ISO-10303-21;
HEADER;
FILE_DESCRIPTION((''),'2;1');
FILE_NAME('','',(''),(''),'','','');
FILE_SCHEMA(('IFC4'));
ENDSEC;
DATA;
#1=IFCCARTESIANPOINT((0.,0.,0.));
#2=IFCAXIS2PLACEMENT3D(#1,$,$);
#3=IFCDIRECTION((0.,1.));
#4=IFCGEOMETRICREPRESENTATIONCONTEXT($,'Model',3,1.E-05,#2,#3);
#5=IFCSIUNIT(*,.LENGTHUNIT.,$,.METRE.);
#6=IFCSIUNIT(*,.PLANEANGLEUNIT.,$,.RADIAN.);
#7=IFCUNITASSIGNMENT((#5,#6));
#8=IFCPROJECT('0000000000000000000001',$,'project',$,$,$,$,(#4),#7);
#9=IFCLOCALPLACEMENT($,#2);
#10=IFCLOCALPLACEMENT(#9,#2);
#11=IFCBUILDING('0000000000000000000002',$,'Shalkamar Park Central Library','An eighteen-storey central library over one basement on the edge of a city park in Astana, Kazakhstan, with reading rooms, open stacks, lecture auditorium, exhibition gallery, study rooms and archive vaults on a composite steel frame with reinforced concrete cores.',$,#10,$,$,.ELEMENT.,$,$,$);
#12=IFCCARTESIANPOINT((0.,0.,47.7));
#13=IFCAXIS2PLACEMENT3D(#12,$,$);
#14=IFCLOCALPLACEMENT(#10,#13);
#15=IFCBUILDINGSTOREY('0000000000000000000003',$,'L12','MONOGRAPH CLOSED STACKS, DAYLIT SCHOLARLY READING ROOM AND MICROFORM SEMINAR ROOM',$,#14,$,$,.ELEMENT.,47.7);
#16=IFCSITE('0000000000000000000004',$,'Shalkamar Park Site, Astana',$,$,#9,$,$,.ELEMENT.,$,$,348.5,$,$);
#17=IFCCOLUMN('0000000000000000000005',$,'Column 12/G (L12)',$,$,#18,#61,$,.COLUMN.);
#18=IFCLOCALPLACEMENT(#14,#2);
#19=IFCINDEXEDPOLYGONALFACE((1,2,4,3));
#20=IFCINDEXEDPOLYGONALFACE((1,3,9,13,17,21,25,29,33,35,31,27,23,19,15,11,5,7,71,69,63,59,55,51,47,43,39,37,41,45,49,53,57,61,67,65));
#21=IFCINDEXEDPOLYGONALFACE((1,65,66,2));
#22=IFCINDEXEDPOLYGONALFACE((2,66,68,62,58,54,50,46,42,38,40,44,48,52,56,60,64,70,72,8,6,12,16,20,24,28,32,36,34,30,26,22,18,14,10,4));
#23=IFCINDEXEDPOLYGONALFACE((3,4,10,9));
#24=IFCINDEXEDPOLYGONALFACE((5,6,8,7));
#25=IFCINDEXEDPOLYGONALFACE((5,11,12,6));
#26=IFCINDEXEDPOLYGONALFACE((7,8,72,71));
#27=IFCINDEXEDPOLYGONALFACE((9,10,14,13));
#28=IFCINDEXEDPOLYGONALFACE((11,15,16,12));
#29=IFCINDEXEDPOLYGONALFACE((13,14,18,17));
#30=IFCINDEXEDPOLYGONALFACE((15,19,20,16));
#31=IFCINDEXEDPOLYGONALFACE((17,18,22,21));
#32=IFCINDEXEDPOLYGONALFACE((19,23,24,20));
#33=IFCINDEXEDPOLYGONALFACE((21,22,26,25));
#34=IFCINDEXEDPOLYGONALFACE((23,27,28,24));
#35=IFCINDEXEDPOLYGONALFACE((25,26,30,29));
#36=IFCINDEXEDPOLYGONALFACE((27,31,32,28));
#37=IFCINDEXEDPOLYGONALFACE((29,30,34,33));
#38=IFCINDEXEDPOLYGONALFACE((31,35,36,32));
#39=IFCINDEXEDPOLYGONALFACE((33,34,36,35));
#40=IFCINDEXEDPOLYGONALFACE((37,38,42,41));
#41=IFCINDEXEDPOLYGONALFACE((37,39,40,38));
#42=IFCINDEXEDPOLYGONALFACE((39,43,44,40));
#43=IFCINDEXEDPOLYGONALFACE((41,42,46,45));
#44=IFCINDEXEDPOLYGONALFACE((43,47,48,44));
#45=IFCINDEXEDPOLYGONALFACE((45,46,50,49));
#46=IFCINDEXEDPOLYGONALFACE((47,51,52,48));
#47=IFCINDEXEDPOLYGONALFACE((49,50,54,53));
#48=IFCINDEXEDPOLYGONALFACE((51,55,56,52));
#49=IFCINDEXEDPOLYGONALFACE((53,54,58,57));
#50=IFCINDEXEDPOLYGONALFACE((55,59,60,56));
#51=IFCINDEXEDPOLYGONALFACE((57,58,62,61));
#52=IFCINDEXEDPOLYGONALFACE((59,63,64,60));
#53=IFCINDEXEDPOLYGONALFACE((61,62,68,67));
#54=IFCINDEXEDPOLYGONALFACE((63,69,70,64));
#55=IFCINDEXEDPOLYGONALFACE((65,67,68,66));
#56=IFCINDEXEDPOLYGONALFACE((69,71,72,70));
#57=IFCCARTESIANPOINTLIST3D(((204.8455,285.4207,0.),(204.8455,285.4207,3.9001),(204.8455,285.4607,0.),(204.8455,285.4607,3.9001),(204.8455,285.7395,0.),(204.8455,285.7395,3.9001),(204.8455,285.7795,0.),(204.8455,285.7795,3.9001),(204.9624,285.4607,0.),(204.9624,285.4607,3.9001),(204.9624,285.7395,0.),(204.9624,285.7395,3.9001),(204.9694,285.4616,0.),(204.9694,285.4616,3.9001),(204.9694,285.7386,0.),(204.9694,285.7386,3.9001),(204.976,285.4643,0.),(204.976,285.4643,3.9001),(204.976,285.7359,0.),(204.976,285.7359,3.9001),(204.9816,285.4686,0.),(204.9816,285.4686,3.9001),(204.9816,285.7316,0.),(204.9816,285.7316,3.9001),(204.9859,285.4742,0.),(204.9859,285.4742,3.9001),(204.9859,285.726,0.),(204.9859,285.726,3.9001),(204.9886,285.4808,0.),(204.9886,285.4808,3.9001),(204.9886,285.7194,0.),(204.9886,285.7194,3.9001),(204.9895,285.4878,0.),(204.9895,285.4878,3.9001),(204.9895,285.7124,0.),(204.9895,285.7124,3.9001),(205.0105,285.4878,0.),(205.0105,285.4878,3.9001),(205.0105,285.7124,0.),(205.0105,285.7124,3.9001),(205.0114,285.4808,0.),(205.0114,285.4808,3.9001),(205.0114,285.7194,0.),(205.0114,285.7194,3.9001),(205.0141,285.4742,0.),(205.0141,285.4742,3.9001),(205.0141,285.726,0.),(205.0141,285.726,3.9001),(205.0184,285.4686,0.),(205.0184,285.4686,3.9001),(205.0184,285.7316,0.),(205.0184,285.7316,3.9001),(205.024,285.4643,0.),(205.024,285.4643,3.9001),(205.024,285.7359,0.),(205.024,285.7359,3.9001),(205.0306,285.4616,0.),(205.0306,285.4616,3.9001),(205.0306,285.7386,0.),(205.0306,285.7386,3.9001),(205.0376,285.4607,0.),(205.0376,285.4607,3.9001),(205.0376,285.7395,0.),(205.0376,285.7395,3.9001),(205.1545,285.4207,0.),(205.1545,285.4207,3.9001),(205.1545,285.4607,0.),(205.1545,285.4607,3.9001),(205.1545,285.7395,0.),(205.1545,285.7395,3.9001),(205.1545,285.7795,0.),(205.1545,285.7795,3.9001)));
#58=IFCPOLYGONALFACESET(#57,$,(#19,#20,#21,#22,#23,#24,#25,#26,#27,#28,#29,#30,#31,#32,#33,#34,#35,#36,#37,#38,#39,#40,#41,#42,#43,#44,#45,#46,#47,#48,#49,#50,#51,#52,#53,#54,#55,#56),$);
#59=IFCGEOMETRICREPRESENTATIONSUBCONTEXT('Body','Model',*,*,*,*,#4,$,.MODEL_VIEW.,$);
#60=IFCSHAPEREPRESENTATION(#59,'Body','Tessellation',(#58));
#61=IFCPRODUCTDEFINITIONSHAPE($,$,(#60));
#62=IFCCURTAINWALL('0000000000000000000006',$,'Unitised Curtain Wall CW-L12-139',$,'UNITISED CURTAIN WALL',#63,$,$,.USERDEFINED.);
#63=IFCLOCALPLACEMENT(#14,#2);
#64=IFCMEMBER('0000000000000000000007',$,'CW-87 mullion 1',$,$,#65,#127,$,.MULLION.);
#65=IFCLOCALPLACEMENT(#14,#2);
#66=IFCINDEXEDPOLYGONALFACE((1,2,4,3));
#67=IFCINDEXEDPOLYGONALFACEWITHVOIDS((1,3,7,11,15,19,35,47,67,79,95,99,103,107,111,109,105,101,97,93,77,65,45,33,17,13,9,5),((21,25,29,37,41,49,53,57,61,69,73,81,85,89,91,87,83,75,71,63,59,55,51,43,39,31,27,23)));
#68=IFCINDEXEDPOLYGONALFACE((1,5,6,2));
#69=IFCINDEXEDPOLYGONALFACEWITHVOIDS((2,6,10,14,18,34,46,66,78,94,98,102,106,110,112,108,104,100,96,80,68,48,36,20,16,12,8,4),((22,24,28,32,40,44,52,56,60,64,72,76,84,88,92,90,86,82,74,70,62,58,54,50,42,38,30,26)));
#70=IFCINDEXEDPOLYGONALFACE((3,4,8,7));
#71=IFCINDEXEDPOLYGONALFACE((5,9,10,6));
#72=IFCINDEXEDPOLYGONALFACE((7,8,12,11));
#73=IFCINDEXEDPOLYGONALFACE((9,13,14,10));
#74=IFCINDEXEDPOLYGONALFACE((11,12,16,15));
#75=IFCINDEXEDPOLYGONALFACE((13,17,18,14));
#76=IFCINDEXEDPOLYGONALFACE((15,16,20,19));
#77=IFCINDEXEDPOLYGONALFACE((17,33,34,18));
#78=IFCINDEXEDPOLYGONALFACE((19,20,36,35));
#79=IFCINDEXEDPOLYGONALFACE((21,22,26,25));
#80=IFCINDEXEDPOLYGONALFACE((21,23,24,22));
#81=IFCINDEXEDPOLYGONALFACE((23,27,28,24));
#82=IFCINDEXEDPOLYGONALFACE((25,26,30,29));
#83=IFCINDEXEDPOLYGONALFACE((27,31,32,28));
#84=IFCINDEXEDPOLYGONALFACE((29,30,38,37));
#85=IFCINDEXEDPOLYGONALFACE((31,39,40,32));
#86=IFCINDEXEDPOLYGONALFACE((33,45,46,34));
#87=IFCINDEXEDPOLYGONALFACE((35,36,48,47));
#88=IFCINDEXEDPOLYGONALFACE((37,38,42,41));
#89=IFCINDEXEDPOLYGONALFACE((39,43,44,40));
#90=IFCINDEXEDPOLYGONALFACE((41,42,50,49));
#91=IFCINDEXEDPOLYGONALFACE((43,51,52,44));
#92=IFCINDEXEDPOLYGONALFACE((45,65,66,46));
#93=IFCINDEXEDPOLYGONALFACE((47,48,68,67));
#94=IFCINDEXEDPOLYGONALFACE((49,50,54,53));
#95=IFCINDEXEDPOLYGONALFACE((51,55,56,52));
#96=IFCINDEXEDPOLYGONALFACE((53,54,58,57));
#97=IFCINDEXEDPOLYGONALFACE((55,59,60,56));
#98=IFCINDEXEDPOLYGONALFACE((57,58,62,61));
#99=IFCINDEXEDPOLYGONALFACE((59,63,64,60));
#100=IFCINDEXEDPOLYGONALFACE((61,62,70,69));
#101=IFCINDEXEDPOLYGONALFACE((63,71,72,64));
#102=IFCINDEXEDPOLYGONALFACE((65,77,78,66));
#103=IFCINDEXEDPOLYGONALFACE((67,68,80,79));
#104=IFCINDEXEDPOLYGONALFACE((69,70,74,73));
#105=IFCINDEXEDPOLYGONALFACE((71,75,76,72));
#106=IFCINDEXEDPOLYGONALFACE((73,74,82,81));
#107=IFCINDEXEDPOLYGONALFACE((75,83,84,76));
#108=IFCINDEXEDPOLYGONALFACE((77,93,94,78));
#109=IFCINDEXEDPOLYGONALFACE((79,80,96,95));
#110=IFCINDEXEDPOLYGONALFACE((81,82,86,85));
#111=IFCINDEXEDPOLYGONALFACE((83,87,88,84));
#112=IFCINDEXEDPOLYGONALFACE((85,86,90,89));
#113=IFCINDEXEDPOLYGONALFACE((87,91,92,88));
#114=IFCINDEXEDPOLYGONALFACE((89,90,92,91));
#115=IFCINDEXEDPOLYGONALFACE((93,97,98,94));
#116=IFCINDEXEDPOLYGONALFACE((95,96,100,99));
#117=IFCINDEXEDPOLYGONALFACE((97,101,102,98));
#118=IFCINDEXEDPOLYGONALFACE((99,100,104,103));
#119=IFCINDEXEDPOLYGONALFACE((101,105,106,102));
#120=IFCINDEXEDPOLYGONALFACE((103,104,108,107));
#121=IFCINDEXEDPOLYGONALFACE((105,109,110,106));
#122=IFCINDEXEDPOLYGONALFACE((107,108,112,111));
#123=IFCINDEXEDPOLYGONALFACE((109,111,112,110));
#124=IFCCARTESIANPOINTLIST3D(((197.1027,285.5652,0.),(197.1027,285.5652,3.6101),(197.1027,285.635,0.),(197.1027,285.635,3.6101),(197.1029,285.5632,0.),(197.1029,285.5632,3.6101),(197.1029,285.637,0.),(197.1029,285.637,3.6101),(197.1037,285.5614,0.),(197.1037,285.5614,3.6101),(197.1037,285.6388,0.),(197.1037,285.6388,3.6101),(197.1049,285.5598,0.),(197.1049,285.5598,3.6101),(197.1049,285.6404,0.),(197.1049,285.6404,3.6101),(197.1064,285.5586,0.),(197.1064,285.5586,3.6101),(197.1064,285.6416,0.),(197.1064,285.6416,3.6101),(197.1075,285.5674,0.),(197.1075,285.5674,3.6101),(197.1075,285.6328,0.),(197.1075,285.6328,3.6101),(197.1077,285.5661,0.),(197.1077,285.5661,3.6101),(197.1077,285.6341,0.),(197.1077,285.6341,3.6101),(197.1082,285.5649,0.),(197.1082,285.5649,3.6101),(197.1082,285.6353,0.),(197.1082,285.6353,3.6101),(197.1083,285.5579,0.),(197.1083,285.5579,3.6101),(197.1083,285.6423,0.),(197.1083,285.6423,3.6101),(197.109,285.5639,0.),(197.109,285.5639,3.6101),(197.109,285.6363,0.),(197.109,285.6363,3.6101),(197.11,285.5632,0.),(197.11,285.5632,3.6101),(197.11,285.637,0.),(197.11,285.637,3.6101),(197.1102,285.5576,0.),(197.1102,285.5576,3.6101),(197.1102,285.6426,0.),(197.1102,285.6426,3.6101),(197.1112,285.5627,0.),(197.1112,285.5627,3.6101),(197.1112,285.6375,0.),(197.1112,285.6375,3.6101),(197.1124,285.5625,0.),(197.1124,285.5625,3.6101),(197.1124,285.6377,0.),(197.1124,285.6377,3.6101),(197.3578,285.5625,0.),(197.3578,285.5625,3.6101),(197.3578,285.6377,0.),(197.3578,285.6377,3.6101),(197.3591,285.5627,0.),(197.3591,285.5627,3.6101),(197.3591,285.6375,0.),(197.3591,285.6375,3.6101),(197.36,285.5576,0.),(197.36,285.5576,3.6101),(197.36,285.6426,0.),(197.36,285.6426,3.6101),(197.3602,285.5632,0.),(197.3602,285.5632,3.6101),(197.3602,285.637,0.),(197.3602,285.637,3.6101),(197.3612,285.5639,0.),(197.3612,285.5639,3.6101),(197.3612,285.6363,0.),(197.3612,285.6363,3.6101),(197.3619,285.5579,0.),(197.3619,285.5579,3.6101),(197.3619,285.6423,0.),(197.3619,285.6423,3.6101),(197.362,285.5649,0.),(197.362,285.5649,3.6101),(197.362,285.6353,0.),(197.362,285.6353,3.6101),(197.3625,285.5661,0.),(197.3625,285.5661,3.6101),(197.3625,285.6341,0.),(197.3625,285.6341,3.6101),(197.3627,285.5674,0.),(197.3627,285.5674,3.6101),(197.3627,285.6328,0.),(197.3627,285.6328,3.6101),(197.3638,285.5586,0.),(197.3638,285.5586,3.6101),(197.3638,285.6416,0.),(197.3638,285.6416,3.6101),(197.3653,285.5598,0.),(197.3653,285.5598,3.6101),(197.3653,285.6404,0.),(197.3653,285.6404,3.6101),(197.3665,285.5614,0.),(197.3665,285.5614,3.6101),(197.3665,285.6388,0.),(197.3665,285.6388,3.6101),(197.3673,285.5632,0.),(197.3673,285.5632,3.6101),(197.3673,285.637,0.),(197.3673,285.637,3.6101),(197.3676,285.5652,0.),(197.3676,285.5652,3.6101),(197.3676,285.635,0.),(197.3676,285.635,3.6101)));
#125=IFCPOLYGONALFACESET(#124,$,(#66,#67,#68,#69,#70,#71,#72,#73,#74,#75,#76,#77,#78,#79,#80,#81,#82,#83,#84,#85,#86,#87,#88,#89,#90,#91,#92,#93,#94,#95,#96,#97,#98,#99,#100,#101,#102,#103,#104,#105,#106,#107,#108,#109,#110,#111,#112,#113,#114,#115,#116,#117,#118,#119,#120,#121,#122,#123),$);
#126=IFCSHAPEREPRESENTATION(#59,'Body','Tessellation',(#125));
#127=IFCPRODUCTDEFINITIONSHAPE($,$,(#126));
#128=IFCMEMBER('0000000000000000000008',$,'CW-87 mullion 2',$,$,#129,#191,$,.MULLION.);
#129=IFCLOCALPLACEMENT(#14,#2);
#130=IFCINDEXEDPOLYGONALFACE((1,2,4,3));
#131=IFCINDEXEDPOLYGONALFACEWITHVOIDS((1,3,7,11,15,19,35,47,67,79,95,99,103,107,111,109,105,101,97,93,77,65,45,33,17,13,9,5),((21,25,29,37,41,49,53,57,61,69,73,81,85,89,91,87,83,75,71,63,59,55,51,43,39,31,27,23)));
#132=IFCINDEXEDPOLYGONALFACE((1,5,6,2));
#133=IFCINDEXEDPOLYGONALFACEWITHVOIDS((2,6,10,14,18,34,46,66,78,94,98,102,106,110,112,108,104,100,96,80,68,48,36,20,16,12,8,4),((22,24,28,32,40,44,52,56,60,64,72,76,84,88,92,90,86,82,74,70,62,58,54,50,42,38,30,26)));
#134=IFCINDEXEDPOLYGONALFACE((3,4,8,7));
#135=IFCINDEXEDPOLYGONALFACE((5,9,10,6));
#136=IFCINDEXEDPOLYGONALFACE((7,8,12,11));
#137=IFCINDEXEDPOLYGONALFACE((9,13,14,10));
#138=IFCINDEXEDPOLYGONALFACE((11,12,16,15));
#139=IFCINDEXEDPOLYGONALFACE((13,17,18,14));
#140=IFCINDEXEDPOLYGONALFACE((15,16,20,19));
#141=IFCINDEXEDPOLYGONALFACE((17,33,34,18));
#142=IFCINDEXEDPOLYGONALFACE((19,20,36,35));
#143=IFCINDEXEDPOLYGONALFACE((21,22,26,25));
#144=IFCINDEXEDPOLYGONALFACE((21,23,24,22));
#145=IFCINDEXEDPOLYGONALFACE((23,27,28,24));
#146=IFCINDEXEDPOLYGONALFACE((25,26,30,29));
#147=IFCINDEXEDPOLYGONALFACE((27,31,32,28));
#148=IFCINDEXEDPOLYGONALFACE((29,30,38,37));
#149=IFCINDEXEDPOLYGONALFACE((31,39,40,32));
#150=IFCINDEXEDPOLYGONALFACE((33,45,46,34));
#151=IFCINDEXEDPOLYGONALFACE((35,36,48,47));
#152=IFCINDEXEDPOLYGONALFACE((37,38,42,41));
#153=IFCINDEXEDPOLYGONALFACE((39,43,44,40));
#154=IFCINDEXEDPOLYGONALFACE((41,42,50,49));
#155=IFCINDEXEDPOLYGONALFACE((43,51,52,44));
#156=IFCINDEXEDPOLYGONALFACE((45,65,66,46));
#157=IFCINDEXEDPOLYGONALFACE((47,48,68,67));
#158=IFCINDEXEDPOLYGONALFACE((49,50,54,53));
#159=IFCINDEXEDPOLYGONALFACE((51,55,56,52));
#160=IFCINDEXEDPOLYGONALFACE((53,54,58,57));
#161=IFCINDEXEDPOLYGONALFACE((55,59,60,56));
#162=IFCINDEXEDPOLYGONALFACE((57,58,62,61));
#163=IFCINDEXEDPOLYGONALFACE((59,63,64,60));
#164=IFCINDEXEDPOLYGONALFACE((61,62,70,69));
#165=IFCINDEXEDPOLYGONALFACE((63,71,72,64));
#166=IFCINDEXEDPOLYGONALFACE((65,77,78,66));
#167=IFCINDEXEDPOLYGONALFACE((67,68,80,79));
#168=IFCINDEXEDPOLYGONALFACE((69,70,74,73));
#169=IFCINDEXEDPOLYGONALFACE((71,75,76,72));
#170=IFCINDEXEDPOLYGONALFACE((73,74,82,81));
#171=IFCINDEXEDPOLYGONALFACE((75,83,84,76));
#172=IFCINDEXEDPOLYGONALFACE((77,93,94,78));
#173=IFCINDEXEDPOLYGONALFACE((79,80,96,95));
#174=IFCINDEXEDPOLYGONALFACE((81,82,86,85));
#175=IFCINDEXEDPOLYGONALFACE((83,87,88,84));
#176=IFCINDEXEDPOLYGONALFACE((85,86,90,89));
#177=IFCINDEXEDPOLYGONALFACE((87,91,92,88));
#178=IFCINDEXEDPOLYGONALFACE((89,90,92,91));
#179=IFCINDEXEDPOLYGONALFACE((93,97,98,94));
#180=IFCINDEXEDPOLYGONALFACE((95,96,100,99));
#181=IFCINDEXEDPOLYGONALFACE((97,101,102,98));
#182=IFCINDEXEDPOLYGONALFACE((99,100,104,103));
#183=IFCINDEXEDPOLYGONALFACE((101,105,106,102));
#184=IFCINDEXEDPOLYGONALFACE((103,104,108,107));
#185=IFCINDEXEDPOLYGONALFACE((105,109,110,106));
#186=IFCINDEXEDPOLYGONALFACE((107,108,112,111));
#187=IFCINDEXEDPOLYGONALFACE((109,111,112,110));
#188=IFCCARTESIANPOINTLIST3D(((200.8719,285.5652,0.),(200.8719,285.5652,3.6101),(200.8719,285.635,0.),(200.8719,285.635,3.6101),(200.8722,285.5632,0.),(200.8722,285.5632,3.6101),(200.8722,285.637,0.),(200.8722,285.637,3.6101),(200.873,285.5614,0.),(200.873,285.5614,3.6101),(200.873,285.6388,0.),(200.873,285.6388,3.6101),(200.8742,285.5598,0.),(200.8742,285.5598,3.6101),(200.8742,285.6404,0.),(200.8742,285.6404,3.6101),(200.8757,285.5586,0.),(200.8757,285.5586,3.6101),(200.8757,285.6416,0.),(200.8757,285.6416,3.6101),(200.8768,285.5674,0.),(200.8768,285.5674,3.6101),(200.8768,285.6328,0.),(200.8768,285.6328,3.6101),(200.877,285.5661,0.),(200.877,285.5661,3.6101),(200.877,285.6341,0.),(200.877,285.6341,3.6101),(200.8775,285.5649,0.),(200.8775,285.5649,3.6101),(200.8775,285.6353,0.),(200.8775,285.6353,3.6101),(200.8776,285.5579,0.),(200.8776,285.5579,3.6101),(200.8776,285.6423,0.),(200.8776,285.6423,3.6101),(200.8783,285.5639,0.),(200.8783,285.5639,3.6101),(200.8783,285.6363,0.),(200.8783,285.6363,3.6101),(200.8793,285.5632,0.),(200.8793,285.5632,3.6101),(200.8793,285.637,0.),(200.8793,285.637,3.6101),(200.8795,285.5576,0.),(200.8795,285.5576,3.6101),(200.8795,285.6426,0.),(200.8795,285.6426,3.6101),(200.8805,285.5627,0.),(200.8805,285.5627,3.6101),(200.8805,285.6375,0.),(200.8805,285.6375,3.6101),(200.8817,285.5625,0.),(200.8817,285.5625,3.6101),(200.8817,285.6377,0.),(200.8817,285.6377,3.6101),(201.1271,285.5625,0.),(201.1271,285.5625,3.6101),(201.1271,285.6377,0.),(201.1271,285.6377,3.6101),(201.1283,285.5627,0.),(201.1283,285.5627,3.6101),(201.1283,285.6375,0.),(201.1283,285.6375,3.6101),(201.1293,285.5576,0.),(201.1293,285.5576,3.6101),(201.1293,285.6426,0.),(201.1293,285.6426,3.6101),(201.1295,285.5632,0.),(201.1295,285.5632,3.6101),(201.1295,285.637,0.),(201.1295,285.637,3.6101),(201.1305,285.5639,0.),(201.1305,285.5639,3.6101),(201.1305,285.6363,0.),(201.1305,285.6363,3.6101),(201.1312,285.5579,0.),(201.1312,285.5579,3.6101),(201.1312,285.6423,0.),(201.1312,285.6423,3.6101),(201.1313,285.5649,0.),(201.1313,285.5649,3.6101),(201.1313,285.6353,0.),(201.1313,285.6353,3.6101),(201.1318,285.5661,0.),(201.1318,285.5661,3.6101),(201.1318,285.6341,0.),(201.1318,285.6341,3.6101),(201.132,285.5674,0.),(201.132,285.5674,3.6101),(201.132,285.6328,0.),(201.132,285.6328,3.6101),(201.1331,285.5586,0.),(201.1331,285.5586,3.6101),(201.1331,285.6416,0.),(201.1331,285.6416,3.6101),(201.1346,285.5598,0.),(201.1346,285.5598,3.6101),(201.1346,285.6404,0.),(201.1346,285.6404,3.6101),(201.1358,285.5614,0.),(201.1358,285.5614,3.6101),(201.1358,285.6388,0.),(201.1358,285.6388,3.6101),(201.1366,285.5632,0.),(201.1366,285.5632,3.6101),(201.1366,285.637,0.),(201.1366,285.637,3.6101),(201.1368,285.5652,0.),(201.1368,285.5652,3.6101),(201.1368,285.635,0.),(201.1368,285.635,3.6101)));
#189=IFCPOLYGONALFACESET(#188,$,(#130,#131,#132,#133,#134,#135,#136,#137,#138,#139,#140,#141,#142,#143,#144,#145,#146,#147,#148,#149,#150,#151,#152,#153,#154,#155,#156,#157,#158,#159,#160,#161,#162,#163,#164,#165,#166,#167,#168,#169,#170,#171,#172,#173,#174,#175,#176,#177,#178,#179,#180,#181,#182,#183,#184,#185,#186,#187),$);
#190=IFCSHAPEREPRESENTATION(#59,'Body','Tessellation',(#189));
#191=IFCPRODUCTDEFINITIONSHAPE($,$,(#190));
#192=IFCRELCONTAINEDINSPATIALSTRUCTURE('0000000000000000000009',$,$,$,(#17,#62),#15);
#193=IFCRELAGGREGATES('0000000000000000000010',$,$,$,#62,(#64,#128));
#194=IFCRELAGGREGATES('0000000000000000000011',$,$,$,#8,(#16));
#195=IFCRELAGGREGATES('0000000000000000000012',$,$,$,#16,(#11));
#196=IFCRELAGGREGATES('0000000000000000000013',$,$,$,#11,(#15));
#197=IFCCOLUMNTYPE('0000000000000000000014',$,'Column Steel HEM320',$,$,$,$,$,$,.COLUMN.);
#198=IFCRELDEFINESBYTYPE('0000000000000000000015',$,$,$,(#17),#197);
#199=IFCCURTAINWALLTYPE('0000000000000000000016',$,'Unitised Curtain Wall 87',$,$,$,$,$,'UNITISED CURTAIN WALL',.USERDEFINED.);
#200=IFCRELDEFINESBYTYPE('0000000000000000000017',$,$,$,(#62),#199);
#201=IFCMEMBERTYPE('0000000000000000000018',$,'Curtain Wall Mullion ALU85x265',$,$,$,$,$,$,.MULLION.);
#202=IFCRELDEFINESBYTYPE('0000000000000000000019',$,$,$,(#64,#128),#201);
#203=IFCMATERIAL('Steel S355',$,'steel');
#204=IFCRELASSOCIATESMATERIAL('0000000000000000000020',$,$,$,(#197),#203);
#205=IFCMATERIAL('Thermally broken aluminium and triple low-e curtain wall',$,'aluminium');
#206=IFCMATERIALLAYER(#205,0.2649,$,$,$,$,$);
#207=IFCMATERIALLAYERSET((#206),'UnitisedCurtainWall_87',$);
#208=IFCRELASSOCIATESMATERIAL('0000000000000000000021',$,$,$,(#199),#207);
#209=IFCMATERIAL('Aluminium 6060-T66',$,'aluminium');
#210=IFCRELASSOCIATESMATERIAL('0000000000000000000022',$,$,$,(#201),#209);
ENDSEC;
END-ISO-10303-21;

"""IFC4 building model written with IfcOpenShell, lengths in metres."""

from ifc_helpers import new_model, si_unit, direction, frame, origin, origin_2d, place, context, subcontext, project, spatial, hollow_rectangle, i_section, extrude, material, layer, layer_set, material_profile, profile_set, type_object, element, aggregate, save


model = new_model("IFC4")

# Units and contexts
model_context = context("Model", 3, precision=1e-05, world=origin(), true_north=direction((0.0, 1.0)))
body_context = subcontext(model_context, "Body", "Model", "MODEL_VIEW")
ifc_project = project(units=[si_unit("LENGTHUNIT", "METRE"), si_unit("PLANEANGLEUNIT", "RADIAN")], contexts=[model_context])

# Site, building, storey
site_placement = place(None, origin())
site = spatial("IfcSite", under=ifc_project, at=site_placement, Name="Shalkamar Park Site, Astana", CompositionType="ELEMENT", RefElevation=348.5)
building_placement = place(site_placement, origin())
building = spatial("IfcBuilding", under=site, at=building_placement, Name="Shalkamar Park Central Library", Description="An eighteen-storey central library over one basement on the edge of a city park in Astana, Kazakhstan, with reading rooms, open stacks, lecture auditorium, exhibition gallery, study rooms and archive vaults on a composite steel frame with reinforced concrete cores.", CompositionType="ELEMENT")
storey_placement = place(building_placement, frame((0.0, 0.0, 47.7)))
storey = spatial("IfcBuildingStorey", under=building, at=storey_placement, Name="L12", Description="MONOGRAPH CLOSED STACKS, DAYLIT SCHOLARLY READING ROOM AND MICROFORM SEMINAR ROOM", CompositionType="ELEMENT", Elevation=47.7)

# Column
ifc_material_1 = material(Name="Steel S355", Category="steel")
ifc_material_profile_1 = material_profile(ifc_material_1, i_section(OverallWidth=0.3091, OverallDepth=0.3589, WebThickness=0.021, FlangeThickness=0.04, FilletRadius=0.0271, at=origin_2d()), Name="HEM 320")
ifc_profile_set_1 = profile_set([ifc_material_profile_1], Name="Steel S355")
column_type = type_object("IfcColumnType", Name="Column Steel HEM320", PredefinedType="COLUMN", material=ifc_profile_set_1)
column_placement = place(storey_placement, frame((205.0, 285.6001, 0.0), z_axis=(0.0, 0.0, 1.0), x_axis=(1.0, 0.0, 0.0)))
element("IfcColumn", 1, at=column_placement, inside=storey, type_object=column_type, Name="Column 12/G (L12)", PredefinedType="COLUMN", context=body_context, shape_type="SweptSolid", body=[
    extrude(i_section(OverallWidth=0.3091, OverallDepth=0.3589, WebThickness=0.021, FlangeThickness=0.04, FilletRadius=0.0271, at=origin_2d()), origin(), (0.0, 0.0, 1.0), 3.9001),
])

# Curtain wall, members
ifc_material_2 = material(Name="Thermally broken aluminium and triple low-e curtain wall", Category="aluminium")
ifc_layer_1 = layer(ifc_material_2, 0.2649)
ifc_layer_set_1 = layer_set([ifc_layer_1], Name="UnitisedCurtainWall_87")
curtain_wall_type_1 = type_object("IfcCurtainWallType", Name="Unitised Curtain Wall 87", ElementType="UNITISED CURTAIN WALL", PredefinedType="USERDEFINED", material=ifc_layer_set_1)
curtain_wall_1_placement = place(storey_placement, origin())
curtain_wall_1 = element("IfcCurtainWall", 2, at=curtain_wall_1_placement, inside=storey, type_object=curtain_wall_type_1, Name="Unitised Curtain Wall CW-L12-139", ObjectType="UNITISED CURTAIN WALL", PredefinedType="USERDEFINED")
ifc_material_3 = material(Name="Aluminium 6060-T66", Category="aluminium")
ifc_material_profile_2 = material_profile(ifc_material_3, hollow_rectangle(XDim=0.085, YDim=0.2649, WallThickness=0.0049, InnerFilletRadius=0.0049, OuterFilletRadius=0.0076, at=origin_2d()), Name="ALU 85x265x5")
ifc_profile_set_2 = profile_set([ifc_material_profile_2], Name="Aluminium 6060-T66")
member_type_1 = type_object("IfcMemberType", Name="Curtain Wall Mullion ALU85x265", PredefinedType="MULLION", material=ifc_profile_set_2)
member_1_placement = place(storey_placement, frame((197.2351, 285.6001, 0.0), z_axis=(0.0, 0.0, 1.0), x_axis=(0.0, 1.0, 0.0)))
member_1 = element("IfcMember", 3, at=member_1_placement, type_object=member_type_1, Name="CW-87 mullion 1", PredefinedType="MULLION", context=body_context, shape_type="SweptSolid", body=[
    extrude(hollow_rectangle(XDim=0.085, YDim=0.2649, WallThickness=0.0049, InnerFilletRadius=0.0049, OuterFilletRadius=0.0076, at=origin_2d()), origin(), (0.0, 0.0, 1.0), 3.6101),
])
member_2_placement = place(storey_placement, frame((201.0044, 285.6001, 0.0), z_axis=(0.0, 0.0, 1.0), x_axis=(0.0, 1.0, 0.0)))
member_2 = element("IfcMember", 4, at=member_2_placement, type_object=member_type_1, Name="CW-87 mullion 2", PredefinedType="MULLION", context=body_context, shape_type="SweptSolid", body=[
    extrude(hollow_rectangle(XDim=0.085, YDim=0.2649, WallThickness=0.0049, InnerFilletRadius=0.0049, OuterFilletRadius=0.0076, at=origin_2d()), origin(), (0.0, 0.0, 1.0), 3.6101),
])

aggregate(curtain_wall_1, [member_1, member_2])

save(model, "model.ifc")
